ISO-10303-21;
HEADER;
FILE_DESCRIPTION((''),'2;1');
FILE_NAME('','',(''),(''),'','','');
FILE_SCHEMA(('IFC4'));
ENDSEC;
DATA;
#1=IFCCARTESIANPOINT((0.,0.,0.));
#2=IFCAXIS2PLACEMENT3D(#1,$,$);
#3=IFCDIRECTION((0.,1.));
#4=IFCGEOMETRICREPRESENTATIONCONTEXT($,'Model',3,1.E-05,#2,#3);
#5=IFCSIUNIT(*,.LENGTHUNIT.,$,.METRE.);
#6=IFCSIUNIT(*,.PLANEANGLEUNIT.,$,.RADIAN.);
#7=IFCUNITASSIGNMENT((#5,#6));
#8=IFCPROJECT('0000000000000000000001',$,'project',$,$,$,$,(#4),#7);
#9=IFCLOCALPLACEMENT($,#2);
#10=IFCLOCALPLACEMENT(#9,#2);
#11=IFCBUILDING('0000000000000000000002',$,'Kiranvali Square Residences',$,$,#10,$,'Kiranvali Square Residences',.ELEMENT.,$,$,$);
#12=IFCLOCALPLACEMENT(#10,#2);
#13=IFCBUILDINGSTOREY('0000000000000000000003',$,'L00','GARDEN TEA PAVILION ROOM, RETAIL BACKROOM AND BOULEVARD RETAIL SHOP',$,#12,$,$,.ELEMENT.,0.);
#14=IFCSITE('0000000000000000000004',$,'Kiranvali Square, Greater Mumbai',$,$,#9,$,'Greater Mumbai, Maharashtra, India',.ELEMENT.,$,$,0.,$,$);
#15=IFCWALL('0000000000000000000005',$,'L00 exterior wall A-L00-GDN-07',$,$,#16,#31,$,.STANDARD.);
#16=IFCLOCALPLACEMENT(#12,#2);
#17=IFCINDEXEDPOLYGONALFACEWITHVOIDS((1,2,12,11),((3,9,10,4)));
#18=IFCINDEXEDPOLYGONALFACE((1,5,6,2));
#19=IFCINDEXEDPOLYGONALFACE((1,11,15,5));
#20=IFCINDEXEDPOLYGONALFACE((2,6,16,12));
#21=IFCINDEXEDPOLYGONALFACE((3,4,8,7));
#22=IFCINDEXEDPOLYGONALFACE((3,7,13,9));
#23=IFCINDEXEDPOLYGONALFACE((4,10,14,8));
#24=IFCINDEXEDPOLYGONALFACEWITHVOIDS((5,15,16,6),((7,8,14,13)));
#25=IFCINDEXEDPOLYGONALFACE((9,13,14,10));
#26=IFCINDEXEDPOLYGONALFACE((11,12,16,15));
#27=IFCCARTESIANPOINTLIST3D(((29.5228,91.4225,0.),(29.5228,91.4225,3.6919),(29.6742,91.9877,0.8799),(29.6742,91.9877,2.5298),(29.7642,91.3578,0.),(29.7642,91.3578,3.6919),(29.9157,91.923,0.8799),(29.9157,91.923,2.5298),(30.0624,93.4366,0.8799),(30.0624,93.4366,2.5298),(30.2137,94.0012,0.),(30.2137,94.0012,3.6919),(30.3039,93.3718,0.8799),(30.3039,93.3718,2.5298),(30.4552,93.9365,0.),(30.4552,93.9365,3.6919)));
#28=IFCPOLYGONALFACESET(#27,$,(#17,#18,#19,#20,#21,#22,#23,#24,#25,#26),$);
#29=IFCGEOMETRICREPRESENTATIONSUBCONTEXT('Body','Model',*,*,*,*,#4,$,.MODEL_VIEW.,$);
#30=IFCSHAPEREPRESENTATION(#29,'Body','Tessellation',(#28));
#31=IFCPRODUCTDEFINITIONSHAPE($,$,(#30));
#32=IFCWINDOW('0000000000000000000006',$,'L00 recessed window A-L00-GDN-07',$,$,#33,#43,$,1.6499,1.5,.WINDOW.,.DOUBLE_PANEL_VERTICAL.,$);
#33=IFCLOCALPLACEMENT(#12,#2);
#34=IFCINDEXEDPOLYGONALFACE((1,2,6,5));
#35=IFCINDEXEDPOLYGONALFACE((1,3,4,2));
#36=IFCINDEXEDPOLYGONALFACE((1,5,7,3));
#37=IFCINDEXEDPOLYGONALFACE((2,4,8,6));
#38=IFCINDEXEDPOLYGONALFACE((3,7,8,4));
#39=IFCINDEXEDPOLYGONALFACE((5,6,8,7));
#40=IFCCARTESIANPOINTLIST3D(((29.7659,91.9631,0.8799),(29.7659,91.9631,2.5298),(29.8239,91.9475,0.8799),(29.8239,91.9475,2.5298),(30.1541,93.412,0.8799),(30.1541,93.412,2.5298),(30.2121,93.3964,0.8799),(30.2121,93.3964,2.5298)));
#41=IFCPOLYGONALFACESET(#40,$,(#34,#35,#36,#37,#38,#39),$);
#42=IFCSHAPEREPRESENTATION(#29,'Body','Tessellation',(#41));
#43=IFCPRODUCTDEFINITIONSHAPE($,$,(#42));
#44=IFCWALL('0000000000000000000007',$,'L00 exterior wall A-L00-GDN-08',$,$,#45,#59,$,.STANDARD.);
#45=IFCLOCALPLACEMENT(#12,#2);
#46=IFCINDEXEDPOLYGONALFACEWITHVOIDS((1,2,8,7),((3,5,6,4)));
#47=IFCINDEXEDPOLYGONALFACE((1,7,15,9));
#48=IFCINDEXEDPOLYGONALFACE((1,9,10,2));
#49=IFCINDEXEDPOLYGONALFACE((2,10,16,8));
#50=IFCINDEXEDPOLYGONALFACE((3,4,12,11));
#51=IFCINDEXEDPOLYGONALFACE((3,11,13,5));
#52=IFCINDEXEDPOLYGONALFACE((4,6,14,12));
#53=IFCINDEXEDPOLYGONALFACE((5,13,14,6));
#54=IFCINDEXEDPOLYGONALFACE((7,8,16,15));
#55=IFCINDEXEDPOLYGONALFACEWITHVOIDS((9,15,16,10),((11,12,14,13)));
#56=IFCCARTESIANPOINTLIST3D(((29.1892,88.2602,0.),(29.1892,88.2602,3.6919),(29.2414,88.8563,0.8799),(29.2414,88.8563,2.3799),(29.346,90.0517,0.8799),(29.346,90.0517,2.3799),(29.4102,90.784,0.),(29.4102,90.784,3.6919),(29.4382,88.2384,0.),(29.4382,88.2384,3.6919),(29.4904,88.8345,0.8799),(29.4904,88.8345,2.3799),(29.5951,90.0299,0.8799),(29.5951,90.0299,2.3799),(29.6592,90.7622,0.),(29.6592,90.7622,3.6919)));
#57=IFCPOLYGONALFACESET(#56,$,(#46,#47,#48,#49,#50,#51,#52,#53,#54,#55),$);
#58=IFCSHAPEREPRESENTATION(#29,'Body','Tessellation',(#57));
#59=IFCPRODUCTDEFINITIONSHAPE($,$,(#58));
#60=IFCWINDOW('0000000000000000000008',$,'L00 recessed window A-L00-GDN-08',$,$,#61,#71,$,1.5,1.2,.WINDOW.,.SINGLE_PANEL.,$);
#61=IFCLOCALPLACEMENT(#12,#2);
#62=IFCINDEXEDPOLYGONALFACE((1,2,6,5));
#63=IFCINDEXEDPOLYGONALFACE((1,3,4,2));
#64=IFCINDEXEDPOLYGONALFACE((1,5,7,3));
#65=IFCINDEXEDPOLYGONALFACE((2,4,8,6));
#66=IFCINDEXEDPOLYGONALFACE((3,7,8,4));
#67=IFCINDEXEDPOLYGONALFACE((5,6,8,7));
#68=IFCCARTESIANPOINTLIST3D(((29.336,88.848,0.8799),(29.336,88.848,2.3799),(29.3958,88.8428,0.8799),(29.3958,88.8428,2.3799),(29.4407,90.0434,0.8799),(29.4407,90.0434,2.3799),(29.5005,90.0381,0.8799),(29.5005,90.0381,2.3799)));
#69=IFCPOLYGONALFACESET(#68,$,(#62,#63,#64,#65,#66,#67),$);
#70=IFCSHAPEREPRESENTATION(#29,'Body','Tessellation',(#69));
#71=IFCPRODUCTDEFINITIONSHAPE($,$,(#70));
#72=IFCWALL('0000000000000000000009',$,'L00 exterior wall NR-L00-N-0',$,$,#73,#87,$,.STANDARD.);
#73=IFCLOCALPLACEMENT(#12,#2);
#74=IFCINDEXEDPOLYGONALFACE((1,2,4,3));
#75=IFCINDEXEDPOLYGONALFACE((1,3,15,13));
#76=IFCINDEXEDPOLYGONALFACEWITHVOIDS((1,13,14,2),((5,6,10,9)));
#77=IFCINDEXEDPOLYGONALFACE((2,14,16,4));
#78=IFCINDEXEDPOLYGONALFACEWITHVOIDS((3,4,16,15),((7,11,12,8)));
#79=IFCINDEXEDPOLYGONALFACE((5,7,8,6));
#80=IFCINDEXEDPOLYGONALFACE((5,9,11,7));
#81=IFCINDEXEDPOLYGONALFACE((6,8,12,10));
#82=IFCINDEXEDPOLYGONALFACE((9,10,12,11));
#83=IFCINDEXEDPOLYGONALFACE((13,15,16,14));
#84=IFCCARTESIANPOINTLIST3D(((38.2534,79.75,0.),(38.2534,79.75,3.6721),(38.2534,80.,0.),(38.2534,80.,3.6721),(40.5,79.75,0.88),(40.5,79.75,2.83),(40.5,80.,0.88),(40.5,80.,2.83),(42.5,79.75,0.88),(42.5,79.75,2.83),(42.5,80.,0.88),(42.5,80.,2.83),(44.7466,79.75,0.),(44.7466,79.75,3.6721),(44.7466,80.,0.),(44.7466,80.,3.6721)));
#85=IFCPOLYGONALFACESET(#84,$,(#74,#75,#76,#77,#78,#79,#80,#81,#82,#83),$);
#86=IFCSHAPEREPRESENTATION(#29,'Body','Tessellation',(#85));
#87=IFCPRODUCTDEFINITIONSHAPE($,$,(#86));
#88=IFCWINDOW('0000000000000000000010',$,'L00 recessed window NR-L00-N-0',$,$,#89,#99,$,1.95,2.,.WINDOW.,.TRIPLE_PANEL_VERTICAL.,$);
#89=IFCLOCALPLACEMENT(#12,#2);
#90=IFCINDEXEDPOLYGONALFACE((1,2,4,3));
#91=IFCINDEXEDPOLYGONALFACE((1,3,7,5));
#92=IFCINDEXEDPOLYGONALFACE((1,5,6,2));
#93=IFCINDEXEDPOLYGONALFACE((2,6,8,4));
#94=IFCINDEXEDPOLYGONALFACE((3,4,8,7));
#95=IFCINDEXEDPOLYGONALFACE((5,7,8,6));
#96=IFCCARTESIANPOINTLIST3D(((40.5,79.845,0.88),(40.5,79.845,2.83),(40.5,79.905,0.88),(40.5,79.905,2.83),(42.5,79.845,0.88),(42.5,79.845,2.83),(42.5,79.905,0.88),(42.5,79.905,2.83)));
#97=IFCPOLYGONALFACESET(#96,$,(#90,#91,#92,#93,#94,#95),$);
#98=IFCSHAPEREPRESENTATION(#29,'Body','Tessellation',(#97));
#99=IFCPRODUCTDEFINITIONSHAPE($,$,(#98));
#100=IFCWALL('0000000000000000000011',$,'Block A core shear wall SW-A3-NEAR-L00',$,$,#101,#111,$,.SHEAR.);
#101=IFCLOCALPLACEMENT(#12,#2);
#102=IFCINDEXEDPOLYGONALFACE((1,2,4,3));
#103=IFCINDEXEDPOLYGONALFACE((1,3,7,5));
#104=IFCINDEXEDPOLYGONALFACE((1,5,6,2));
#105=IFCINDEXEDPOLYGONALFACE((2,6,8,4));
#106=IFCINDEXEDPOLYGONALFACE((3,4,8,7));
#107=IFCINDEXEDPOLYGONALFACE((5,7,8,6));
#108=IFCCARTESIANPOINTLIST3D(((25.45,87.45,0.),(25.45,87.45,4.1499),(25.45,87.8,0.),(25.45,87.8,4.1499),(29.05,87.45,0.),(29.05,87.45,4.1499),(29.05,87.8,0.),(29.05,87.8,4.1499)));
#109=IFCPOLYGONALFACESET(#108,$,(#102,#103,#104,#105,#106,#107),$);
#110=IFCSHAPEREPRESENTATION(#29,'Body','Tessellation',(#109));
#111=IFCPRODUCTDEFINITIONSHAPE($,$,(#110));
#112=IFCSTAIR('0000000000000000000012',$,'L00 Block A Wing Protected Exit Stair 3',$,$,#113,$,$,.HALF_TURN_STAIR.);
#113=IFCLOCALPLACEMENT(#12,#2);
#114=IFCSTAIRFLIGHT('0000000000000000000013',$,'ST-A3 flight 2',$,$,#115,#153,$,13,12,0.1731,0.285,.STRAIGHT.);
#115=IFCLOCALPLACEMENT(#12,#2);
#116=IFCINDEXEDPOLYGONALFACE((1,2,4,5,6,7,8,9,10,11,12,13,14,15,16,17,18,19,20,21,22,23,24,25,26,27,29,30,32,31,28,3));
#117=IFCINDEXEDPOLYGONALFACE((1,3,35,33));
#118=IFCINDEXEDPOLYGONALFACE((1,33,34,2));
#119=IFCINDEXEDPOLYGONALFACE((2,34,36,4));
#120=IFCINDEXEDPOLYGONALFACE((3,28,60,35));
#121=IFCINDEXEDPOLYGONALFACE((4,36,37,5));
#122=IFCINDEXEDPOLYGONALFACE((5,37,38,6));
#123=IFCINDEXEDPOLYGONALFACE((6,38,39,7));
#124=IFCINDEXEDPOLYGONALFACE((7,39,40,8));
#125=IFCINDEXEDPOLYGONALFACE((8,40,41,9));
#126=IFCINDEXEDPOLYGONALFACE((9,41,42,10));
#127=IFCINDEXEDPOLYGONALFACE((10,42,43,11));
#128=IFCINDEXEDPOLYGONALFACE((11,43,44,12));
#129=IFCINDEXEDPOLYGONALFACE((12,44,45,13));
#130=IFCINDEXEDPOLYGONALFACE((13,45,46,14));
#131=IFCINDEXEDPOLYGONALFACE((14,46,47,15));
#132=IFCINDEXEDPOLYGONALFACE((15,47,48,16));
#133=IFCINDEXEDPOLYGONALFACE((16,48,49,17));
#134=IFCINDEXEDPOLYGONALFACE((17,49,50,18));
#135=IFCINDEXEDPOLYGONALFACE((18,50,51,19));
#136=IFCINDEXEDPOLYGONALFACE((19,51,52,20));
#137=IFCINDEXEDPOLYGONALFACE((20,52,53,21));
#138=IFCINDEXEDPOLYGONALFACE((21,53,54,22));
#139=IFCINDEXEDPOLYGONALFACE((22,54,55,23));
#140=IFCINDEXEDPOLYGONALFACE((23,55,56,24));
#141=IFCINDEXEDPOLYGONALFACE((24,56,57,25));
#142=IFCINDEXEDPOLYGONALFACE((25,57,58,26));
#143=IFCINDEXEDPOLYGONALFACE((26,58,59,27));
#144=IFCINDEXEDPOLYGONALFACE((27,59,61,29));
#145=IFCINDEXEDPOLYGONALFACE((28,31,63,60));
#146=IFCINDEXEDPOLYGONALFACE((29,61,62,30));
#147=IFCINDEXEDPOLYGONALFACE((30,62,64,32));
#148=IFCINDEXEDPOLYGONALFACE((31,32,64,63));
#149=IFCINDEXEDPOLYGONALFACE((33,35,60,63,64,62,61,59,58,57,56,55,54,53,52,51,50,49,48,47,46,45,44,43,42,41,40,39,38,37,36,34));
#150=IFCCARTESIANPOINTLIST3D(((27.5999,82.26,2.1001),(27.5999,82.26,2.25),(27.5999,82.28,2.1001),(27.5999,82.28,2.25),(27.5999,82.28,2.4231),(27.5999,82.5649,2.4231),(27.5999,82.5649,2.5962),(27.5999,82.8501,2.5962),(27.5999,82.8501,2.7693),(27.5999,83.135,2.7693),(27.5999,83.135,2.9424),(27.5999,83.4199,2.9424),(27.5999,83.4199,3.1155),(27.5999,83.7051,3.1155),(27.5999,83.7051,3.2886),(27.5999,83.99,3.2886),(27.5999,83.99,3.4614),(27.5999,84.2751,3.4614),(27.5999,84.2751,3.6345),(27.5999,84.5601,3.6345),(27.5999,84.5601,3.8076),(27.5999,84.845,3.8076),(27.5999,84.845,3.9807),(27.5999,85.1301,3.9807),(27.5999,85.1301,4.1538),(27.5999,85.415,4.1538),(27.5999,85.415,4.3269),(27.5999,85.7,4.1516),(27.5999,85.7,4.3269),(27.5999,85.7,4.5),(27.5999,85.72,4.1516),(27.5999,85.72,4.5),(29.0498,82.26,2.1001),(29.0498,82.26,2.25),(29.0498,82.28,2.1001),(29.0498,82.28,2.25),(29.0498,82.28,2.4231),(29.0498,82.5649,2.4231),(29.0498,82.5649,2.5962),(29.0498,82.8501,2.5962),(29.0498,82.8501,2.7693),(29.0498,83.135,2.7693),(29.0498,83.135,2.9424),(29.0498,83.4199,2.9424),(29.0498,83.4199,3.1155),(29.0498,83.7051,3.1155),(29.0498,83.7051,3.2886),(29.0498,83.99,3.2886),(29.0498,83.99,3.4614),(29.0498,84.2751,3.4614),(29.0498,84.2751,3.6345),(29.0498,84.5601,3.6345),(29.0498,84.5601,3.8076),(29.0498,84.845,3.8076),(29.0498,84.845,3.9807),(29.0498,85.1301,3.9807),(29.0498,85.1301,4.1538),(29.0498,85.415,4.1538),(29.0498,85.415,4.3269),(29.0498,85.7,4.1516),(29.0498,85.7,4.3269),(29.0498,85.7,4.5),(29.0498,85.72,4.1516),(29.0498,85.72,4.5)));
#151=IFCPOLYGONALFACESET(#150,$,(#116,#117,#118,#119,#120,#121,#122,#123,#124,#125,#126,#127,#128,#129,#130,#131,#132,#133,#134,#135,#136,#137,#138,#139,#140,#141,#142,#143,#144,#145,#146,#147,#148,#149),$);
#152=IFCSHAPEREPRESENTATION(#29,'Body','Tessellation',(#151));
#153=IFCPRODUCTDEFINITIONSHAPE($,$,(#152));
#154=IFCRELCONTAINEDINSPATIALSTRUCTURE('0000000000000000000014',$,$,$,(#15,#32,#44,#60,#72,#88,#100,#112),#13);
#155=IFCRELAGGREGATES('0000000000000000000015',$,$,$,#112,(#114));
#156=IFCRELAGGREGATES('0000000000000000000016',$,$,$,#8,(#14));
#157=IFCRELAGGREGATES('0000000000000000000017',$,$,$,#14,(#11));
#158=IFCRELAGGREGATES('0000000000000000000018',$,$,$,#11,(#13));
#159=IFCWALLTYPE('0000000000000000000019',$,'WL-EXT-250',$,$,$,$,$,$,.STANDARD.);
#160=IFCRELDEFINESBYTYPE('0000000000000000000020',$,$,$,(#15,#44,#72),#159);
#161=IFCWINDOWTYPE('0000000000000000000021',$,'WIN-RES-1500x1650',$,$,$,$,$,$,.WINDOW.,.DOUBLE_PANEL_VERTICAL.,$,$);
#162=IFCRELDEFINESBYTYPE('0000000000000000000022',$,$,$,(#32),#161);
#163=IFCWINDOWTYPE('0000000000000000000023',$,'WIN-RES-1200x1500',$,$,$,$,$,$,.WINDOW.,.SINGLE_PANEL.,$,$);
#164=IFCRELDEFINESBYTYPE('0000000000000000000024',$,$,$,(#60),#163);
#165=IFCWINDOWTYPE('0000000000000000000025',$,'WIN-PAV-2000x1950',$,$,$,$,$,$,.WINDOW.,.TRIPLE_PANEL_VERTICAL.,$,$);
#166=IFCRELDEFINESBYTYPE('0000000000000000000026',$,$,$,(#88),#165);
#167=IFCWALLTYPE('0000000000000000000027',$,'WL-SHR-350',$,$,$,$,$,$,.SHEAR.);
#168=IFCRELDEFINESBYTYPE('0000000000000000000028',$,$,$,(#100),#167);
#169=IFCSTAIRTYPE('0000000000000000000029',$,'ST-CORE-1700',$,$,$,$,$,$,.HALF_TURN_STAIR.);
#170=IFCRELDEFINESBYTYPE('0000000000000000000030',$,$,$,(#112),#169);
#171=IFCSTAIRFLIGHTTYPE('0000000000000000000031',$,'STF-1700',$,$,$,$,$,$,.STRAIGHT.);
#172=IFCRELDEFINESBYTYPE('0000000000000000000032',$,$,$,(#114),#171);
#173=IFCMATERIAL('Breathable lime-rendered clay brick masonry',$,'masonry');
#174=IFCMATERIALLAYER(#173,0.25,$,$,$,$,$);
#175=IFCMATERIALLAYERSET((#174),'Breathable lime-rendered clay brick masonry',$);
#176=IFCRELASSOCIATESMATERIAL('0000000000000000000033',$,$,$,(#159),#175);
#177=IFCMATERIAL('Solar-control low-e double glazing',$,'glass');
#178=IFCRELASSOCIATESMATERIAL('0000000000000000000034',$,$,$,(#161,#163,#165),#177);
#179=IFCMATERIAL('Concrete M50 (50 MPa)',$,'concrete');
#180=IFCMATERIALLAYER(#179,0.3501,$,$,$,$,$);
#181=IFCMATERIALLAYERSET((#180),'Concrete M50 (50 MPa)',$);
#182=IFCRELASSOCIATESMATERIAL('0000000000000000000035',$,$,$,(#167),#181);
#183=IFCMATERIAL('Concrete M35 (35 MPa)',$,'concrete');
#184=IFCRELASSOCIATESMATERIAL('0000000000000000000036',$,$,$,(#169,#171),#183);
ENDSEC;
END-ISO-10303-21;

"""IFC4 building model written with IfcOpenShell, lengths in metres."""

from ifc_helpers import new_model, si_unit, direction, frame, frame_2d, origin, place, context, subcontext, project, spatial, polyline, rectangle, outline, extrude, material, layer, layer_set, type_object, element, fill, aggregate, save


model = new_model("IFC4")

# Units and contexts
model_context = context("Model", 3, precision=1e-05, world=origin(), true_north=direction((0.0, 1.0)))
body_context = subcontext(model_context, "Body", "Model", "MODEL_VIEW")
ifc_project = project(units=[si_unit("LENGTHUNIT", "METRE"), si_unit("PLANEANGLEUNIT", "RADIAN")], contexts=[model_context])

# Site, building, storey
site_placement = place(None, origin())
site = spatial("IfcSite", under=ifc_project, at=site_placement, Name="Kiranvali Square, Greater Mumbai", LongName="Greater Mumbai, Maharashtra, India", CompositionType="ELEMENT", RefElevation=0.0)
building_placement = place(site_placement, origin())
building = spatial("IfcBuilding", under=site, at=building_placement, Name="Kiranvali Square Residences", LongName="Kiranvali Square Residences", CompositionType="ELEMENT")
storey_placement = place(building_placement, origin())
storey = spatial("IfcBuildingStorey", under=building, at=storey_placement, Name="L00", Description="GARDEN TEA PAVILION ROOM, RETAIL BACKROOM AND BOULEVARD RETAIL SHOP", CompositionType="ELEMENT", Elevation=0.0)

# Shared definitions
ifc_material_1 = material(Name="Concrete M50 (50 MPa)", Category="concrete")

# Walls, openings, windows
ifc_material_2 = material(Name="Breathable lime-rendered clay brick masonry", Category="masonry")
ifc_layer_1 = layer(ifc_material_2, 0.25)
ifc_layer_set_1 = layer_set([ifc_layer_1], Name="Breathable lime-rendered clay brick masonry")
wall_type_1 = type_object("IfcWallType", Name="WL-EXT-250", PredefinedType="STANDARD", material=ifc_layer_set_1)
wall_1_placement = place(storey_placement, frame((30.3345, 93.969, 0.0), z_axis=(0.0, 0.0, 1.0), x_axis=(-0.258812, -0.965928, 0.0)))
wall_1 = element("IfcWall", 1, at=wall_1_placement, inside=storey, type_object=wall_type_1, Name="L00 exterior wall A-L00-GDN-07", PredefinedType="STANDARD", context=body_context, shape_type="SweptSolid", body=[
    extrude(rectangle(XDim=2.6697, YDim=0.25, at=frame_2d((1.335, 0.0))), origin(), (0.0, 0.0, 1.0), 3.6919),
])
opening_1_placement = place(wall_1_placement, frame((0.5847, 0.0, 0.8799)))
opening_1 = element("IfcOpeningElement", 2, at=opening_1_placement, cuts=wall_1, PredefinedType="OPENING", context=body_context, shape_type="SweptSolid", body=[
    extrude(rectangle(XDim=1.5, YDim=1.6499, at=frame_2d((0.75, 0.825))), frame((0.0, 0.135, 0.0), z_axis=(0.0, -1.0, 0.0), x_axis=(1.0, 0.0, 0.0)), (0.0, 0.0, 1.0), 0.27),
])
ifc_material_3 = material(Name="Solar-control low-e double glazing", Category="glass")
window_type_1 = type_object("IfcWindowType", Name="WIN-RES-1500x1650", PartitioningType="DOUBLE_PANEL_VERTICAL", PredefinedType="WINDOW", material=ifc_material_3)
window_1_placement = place(opening_1_placement, origin())
window_1 = element("IfcWindow", 3, at=window_1_placement, inside=storey, type_object=window_type_1, Name="L00 recessed window A-L00-GDN-07", OverallHeight=1.6499, OverallWidth=1.5, PartitioningType="DOUBLE_PANEL_VERTICAL", PredefinedType="WINDOW", context=body_context, shape_type="SweptSolid", body=[
    extrude(rectangle(XDim=1.5, YDim=1.6499, at=frame_2d((0.75, 0.825))), frame((0.0, 0.03, 0.0), z_axis=(0.0, -1.0, 0.0), x_axis=(1.0, 0.0, 0.0)), (0.0, 0.0, 1.0), 0.0601),
])
fill(opening_1, window_1)
wall_2_placement = place(storey_placement, frame((29.5347, 90.7729, 0.0), z_axis=(0.0, 0.0, 1.0), x_axis=(-0.087216, -0.996189, 0.0)))
wall_2 = element("IfcWall", 4, at=wall_2_placement, inside=storey, type_object=wall_type_1, Name="L00 exterior wall A-L00-GDN-08", PredefinedType="STANDARD", context=body_context, shape_type="SweptSolid", body=[
    extrude(rectangle(XDim=2.5334, YDim=0.25, at=frame_2d((1.2666, 0.0))), origin(), (0.0, 0.0, 1.0), 3.6919),
])
opening_2_placement = place(wall_2_placement, frame((0.7349, 0.0, 0.8799)))
opening_2 = element("IfcOpeningElement", 5, at=opening_2_placement, cuts=wall_2, PredefinedType="OPENING", context=body_context, shape_type="SweptSolid", body=[
    extrude(rectangle(XDim=1.2, YDim=1.5, at=frame_2d((0.6001, 0.75))), frame((0.0, 0.135, 0.0), z_axis=(0.0, -1.0, 0.0), x_axis=(1.0, 0.0, 0.0)), (0.0, 0.0, 1.0), 0.27),
])
window_type_2 = type_object("IfcWindowType", Name="WIN-RES-1200x1500", PartitioningType="SINGLE_PANEL", PredefinedType="WINDOW", material=ifc_material_3)
window_2_placement = place(opening_2_placement, origin())
window_2 = element("IfcWindow", 6, at=window_2_placement, inside=storey, type_object=window_type_2, Name="L00 recessed window A-L00-GDN-08", OverallHeight=1.5, OverallWidth=1.2, PartitioningType="SINGLE_PANEL", PredefinedType="WINDOW", context=body_context, shape_type="SweptSolid", body=[
    extrude(rectangle(XDim=1.2, YDim=1.5, at=frame_2d((0.6001, 0.75))), frame((0.0, 0.03, 0.0), z_axis=(0.0, -1.0, 0.0), x_axis=(1.0, 0.0, 0.0)), (0.0, 0.0, 1.0), 0.0601),
])
fill(opening_2, window_2)
wall_3_placement = place(storey_placement, frame((38.2534, 79.875, 0.0), z_axis=(0.0, 0.0, 1.0), x_axis=(1.0, 0.0, 0.0)))
wall_3 = element("IfcWall", 7, at=wall_3_placement, inside=storey, type_object=wall_type_1, Name="L00 exterior wall NR-L00-N-0", PredefinedType="STANDARD", context=body_context, shape_type="SweptSolid", body=[
    extrude(rectangle(XDim=6.4932, YDim=0.25, at=frame_2d((3.2466, 0.0))), origin(), (0.0, 0.0, 1.0), 3.6721),
])
opening_3_placement = place(wall_3_placement, frame((2.2466, 0.0, 0.8799)))
opening_3 = element("IfcOpeningElement", 8, at=opening_3_placement, cuts=wall_3, PredefinedType="OPENING", context=body_context, shape_type="SweptSolid", body=[
    extrude(rectangle(XDim=2.0, YDim=1.95, at=frame_2d((1.0, 0.9751))), frame((0.0, 0.135, 0.0), z_axis=(0.0, -1.0, 0.0), x_axis=(1.0, 0.0, 0.0)), (0.0, 0.0, 1.0), 0.27),
])
window_type_3 = type_object("IfcWindowType", Name="WIN-PAV-2000x1950", PartitioningType="TRIPLE_PANEL_VERTICAL", PredefinedType="WINDOW", material=ifc_material_3)
window_3_placement = place(opening_3_placement, origin())
window_3 = element("IfcWindow", 9, at=window_3_placement, inside=storey, type_object=window_type_3, Name="L00 recessed window NR-L00-N-0", OverallHeight=1.95, OverallWidth=2.0, PartitioningType="TRIPLE_PANEL_VERTICAL", PredefinedType="WINDOW", context=body_context, shape_type="SweptSolid", body=[
    extrude(rectangle(XDim=2.0, YDim=1.95, at=frame_2d((1.0, 0.9751))), frame((0.0, 0.03, 0.0), z_axis=(0.0, -1.0, 0.0), x_axis=(1.0, 0.0, 0.0)), (0.0, 0.0, 1.0), 0.0601),
])
fill(opening_3, window_3)

# Shared definitions
ifc_layer_2 = layer(ifc_material_1, 0.3501)
ifc_layer_set_2 = layer_set([ifc_layer_2], Name="Concrete M50 (50 MPa)")
wall_type_2 = type_object("IfcWallType", Name="WL-SHR-350", PredefinedType="SHEAR", material=ifc_layer_set_2)

# Wall
wall_4_placement = place(storey_placement, frame((29.05, 87.625, 0.0), z_axis=(0.0, 0.0, 1.0), x_axis=(-1.0, 0.0, 0.0)))
element("IfcWall", 10, at=wall_4_placement, inside=storey, type_object=wall_type_2, Name="Block A core shear wall SW-A3-NEAR-L00", PredefinedType="SHEAR", context=body_context, shape_type="SweptSolid", body=[
    extrude(rectangle(XDim=3.6001, YDim=0.3501, at=frame_2d((1.8, 0.0))), origin(), (0.0, 0.0, 1.0), 4.1499),
])

# Stair, stair flight
ifc_material_4 = material(Name="Concrete M35 (35 MPa)", Category="concrete")
stair_type = type_object("IfcStairType", Name="ST-CORE-1700", PredefinedType="HALF_TURN_STAIR", material=ifc_material_4)
stair_placement = place(storey_placement, origin())
stair = element("IfcStair", 11, at=stair_placement, inside=storey, type_object=stair_type, Name="L00 Block A Wing Protected Exit Stair 3", PredefinedType="HALF_TURN_STAIR")
stair_flight_type = type_object("IfcStairFlightType", Name="STF-1700", PredefinedType="STRAIGHT", material=ifc_material_4)
stair_flight_placement = place(storey_placement, frame((28.325, 82.28, 2.25), z_axis=(0.0, 0.0, 1.0), x_axis=(0.0, 1.0, 0.0)))
stair_flight = element("IfcStairFlight", 12, at=stair_flight_placement, type_object=stair_flight_type, Name="ST-A3 flight 2", NumberOfRisers=13, NumberOfTreads=12, PredefinedType="STRAIGHT", RiserHeight=0.1731, TreadLength=0.285, context=body_context, shape_type="SweptSolid", body=[
    extrude(outline(polyline([(-0.02, -0.1499), (-0.02, 0.0), (0.0, 0.0), (0.0, 0.1731), (0.2849, 0.1731), (0.2849, 0.3462), (0.5701, 0.3462), (0.5701, 0.5193), (0.855, 0.5193), (0.855, 0.6924), (1.1399, 0.6924), (1.1399, 0.8655), (1.425, 0.8655), (1.425, 1.0386), (1.71, 1.0386), (1.71, 1.2114), (1.9951, 1.2114), (1.9951, 1.3845), (2.28, 1.3845), (2.28, 1.5576), (2.5649, 1.5576), (2.5649, 1.7307), (2.8501, 1.7307), (2.8501, 1.9038), (3.135, 1.9038), (3.135, 2.0769), (3.4199, 2.0769), (3.4199, 2.25), (3.4399, 2.25), (3.4399, 1.9016), (3.4199, 1.9016), (0.0, -0.1499), (-0.02, -0.1499)])), frame((0.0, 0.7251, 0.0), z_axis=(0.0, -1.0, 0.0), x_axis=(1.0, 0.0, 0.0)), (0.0, 0.0, 1.0), 1.45),
])
aggregate(stair, [stair_flight])

save(model, "model.ifc")
